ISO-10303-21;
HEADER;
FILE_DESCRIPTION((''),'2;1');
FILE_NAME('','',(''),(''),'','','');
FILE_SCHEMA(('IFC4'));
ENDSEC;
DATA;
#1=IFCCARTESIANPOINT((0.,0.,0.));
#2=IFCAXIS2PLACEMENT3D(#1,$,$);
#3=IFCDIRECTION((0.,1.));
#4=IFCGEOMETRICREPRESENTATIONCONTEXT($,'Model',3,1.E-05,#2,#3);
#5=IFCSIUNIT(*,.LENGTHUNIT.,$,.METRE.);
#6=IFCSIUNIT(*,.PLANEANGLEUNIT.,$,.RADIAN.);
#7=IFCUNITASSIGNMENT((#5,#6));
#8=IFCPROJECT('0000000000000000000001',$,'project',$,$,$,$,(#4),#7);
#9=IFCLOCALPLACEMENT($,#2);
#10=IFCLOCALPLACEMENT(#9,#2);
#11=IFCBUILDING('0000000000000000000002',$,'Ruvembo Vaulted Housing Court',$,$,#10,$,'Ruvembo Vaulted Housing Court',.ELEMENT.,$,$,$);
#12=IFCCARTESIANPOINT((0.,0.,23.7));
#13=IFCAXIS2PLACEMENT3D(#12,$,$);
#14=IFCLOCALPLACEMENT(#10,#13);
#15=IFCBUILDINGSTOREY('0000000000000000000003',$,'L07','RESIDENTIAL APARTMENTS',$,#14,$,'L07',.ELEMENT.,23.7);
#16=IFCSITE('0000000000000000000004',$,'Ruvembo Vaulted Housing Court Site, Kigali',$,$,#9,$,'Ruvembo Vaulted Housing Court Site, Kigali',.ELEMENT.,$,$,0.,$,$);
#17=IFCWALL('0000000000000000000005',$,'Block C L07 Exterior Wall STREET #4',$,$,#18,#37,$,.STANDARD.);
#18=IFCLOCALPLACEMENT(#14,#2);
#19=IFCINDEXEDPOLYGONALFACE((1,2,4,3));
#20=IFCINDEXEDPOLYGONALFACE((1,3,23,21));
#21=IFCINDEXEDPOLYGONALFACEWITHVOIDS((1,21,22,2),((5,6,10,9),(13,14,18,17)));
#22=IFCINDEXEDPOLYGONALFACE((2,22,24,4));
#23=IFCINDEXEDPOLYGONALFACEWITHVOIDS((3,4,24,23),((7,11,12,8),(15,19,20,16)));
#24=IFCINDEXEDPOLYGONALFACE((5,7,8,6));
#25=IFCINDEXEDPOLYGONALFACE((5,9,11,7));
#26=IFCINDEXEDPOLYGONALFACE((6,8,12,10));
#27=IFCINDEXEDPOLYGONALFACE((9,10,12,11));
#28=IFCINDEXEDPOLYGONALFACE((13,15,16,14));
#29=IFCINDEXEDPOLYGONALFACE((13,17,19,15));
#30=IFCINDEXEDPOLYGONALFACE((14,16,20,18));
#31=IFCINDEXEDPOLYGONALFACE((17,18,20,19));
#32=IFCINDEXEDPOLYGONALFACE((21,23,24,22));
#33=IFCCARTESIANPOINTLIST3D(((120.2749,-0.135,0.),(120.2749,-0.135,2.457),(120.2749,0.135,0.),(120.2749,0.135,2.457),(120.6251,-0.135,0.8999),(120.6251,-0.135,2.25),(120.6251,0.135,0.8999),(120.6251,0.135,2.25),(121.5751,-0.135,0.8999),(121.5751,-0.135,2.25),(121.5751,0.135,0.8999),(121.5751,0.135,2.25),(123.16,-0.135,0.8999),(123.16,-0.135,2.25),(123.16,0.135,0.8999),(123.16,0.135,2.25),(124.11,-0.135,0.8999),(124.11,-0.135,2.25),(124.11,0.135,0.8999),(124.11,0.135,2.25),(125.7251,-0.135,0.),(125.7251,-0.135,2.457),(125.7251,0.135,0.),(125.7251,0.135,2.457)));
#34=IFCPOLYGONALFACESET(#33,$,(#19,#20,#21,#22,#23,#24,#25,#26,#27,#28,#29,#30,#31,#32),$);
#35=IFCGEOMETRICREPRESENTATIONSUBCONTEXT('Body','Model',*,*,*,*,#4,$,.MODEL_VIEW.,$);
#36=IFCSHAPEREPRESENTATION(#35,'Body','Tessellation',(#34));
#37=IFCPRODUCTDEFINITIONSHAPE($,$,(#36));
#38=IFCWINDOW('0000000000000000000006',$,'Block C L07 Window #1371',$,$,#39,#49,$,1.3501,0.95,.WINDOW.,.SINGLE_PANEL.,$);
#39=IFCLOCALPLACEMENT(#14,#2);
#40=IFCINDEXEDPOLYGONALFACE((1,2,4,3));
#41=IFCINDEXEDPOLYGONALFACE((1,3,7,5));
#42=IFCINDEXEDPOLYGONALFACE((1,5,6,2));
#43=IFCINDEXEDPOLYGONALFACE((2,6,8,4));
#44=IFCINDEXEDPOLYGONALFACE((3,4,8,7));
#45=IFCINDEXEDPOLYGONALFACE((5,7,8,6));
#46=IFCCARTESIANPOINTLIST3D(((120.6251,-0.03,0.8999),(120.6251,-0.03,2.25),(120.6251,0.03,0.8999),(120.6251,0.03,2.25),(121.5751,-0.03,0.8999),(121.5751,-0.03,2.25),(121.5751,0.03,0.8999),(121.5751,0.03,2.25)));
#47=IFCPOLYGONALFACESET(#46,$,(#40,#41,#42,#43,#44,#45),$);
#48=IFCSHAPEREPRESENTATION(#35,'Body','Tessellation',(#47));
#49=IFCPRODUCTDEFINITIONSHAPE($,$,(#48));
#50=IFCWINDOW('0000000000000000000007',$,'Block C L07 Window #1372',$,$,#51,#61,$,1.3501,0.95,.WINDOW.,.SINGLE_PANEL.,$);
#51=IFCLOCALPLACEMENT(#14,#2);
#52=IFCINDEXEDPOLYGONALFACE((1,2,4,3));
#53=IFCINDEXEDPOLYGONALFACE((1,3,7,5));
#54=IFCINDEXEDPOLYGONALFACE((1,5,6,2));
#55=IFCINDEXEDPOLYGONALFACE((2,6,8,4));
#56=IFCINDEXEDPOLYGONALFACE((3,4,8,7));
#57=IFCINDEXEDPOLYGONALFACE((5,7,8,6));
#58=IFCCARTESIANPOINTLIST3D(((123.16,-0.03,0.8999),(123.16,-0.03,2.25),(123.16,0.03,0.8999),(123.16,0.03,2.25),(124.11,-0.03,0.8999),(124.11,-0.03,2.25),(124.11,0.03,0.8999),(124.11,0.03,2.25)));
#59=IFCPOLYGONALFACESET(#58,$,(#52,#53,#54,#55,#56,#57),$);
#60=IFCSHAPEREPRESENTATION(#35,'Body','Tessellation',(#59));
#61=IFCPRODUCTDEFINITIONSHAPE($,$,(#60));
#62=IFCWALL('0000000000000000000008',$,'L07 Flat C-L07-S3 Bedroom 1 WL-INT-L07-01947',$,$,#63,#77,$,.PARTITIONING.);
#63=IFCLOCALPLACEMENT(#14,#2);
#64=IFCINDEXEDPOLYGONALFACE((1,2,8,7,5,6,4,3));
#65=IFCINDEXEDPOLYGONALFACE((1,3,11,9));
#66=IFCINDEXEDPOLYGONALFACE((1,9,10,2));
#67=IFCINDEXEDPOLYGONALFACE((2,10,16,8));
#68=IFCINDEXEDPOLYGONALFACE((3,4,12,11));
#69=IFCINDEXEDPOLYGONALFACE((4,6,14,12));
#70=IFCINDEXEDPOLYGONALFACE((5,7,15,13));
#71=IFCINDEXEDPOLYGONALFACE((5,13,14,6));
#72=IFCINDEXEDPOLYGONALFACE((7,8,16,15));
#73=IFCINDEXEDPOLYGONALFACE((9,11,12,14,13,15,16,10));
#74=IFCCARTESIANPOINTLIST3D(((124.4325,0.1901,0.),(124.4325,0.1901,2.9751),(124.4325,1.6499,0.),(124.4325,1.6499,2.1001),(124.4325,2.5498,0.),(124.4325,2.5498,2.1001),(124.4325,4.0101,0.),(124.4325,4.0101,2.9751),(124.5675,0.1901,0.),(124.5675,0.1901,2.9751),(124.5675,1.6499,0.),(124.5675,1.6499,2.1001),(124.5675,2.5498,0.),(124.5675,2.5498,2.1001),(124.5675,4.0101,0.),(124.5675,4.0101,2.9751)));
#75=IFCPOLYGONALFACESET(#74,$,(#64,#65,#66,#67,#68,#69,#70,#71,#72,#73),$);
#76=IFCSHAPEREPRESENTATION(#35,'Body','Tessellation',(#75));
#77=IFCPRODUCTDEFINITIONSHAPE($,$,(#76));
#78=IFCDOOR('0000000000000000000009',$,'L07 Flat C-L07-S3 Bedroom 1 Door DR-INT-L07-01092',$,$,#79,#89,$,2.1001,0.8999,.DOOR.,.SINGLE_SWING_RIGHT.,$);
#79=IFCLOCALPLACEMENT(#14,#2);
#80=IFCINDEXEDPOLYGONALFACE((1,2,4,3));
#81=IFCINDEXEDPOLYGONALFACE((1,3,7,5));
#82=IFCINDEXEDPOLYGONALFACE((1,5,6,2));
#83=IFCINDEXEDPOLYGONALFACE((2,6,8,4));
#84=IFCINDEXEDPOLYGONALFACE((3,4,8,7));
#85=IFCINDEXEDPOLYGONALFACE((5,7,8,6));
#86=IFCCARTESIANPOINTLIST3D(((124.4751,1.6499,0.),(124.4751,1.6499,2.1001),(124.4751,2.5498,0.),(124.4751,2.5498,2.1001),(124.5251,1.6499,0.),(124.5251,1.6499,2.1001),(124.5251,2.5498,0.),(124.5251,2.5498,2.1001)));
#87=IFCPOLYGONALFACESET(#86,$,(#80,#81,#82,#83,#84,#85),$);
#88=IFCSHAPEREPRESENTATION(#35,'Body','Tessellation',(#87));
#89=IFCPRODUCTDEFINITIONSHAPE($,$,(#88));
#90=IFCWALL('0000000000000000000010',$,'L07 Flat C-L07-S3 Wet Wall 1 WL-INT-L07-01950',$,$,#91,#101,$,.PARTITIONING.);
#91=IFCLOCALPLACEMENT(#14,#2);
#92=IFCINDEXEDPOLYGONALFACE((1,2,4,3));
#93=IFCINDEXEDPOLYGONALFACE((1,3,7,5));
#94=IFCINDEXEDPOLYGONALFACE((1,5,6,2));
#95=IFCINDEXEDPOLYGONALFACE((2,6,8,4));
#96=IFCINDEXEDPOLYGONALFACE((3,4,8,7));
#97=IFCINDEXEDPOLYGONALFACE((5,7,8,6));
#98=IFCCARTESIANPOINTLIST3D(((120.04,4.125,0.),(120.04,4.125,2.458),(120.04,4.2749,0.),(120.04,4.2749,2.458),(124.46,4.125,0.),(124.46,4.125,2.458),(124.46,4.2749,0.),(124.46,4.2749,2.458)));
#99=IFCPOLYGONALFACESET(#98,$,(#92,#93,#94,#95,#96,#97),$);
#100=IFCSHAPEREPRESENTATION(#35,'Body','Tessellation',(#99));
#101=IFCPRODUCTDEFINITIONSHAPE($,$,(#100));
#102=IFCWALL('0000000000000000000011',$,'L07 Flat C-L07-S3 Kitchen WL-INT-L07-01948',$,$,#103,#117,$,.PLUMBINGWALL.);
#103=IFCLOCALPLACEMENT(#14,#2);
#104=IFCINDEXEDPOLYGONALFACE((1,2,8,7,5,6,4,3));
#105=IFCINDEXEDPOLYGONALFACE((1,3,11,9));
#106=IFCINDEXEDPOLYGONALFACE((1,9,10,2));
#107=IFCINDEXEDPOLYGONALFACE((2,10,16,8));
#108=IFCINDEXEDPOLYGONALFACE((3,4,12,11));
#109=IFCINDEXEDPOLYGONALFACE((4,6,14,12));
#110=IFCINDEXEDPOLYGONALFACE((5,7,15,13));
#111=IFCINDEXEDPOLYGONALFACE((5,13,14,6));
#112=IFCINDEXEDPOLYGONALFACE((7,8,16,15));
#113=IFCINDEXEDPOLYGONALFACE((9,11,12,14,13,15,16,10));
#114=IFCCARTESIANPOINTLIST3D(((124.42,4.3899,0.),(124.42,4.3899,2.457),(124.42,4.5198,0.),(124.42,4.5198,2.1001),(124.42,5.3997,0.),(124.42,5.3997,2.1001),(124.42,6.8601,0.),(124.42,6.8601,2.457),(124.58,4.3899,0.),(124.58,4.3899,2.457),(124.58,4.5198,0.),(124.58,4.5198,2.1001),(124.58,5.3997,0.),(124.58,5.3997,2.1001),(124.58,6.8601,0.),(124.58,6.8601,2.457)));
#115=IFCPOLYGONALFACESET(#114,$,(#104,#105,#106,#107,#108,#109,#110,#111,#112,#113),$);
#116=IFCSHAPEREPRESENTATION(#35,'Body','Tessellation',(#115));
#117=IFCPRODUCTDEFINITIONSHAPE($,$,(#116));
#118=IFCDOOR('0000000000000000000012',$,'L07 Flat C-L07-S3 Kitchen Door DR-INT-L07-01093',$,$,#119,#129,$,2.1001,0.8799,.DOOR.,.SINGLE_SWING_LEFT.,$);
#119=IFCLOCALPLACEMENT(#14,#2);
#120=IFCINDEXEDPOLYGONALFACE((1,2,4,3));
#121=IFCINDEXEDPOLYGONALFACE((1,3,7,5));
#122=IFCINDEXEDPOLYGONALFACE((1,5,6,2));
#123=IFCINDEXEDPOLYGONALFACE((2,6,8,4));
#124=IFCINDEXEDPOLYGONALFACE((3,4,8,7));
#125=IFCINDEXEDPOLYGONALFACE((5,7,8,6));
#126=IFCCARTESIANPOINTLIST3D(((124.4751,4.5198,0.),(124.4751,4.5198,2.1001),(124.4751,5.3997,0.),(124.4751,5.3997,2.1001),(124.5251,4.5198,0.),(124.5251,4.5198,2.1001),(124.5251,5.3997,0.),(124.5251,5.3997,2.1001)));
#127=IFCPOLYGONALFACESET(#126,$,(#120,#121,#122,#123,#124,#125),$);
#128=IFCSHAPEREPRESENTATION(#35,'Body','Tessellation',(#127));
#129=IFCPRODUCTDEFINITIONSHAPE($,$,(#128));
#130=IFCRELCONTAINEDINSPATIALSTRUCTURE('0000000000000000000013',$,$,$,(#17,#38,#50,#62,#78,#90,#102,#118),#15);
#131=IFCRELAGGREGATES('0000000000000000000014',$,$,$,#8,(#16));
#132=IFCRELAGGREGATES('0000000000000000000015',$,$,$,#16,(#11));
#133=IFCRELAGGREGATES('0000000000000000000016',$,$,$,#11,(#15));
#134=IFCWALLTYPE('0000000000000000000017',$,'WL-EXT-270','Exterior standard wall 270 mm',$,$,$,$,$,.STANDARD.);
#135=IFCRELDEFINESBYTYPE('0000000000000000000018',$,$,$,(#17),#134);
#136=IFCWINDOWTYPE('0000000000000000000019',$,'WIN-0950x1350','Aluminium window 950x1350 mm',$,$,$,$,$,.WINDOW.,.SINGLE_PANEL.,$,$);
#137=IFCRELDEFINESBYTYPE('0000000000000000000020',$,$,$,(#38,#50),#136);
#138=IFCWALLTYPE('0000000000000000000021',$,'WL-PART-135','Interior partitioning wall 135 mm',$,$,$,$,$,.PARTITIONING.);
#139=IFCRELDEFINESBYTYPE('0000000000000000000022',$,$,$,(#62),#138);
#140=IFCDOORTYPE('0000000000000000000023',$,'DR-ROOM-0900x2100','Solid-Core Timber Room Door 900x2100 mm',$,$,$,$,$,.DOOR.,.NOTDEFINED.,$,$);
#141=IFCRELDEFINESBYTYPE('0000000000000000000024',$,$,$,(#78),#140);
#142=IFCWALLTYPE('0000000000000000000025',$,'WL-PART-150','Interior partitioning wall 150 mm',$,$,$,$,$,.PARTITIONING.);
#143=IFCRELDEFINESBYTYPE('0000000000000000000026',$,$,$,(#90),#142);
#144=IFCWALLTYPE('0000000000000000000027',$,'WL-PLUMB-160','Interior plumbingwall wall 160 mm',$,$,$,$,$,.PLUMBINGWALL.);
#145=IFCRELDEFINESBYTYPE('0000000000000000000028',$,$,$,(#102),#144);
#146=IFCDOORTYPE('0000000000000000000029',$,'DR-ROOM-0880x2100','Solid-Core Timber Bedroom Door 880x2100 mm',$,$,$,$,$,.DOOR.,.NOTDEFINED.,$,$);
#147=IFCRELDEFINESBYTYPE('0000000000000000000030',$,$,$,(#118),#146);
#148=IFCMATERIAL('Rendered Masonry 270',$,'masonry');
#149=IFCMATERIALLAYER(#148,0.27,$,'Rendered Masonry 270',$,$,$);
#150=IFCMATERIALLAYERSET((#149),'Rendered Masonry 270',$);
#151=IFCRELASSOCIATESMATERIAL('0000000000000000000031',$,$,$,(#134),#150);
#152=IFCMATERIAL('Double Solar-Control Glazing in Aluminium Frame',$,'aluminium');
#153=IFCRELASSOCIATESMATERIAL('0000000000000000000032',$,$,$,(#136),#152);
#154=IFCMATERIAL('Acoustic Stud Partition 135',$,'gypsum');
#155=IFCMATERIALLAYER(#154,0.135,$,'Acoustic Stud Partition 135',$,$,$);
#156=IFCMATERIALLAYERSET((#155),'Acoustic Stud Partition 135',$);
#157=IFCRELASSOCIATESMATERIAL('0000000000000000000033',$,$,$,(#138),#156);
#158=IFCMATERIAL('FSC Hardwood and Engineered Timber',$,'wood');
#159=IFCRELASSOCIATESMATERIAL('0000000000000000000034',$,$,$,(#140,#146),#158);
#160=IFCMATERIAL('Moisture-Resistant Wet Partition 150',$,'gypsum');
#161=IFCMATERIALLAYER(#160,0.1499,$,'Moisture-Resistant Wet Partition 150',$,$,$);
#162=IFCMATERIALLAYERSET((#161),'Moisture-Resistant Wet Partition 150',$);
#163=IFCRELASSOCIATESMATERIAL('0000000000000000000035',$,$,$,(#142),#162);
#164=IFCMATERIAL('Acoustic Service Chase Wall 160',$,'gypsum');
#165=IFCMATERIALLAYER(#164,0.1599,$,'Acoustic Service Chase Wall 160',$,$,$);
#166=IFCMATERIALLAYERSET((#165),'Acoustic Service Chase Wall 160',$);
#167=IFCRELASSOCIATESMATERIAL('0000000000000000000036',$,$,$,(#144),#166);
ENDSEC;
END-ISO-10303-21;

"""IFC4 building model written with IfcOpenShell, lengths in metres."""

from ifc_helpers import new_model, si_unit, direction, frame, frame_2d, origin, place, context, subcontext, project, spatial, rectangle, extrude, material, layer, layer_set, type_object, element, fill, save


model = new_model("IFC4")

# Units and contexts
model_context = context("Model", 3, precision=1e-05, world=origin(), true_north=direction((0.0, 1.0)))
body_context = subcontext(model_context, "Body", "Model", "MODEL_VIEW")
ifc_project = project(units=[si_unit("LENGTHUNIT", "METRE"), si_unit("PLANEANGLEUNIT", "RADIAN")], contexts=[model_context])

# Site, building, storey
site_placement = place(None, origin())
site = spatial("IfcSite", under=ifc_project, at=site_placement, Name="Ruvembo Vaulted Housing Court Site, Kigali", LongName="Ruvembo Vaulted Housing Court Site, Kigali", CompositionType="ELEMENT", RefElevation=0.0)
building_placement = place(site_placement, origin())
building = spatial("IfcBuilding", under=site, at=building_placement, Name="Ruvembo Vaulted Housing Court", LongName="Ruvembo Vaulted Housing Court", CompositionType="ELEMENT")
storey_placement = place(building_placement, frame((0.0, 0.0, 23.7)))
storey = spatial("IfcBuildingStorey", under=building, at=storey_placement, Name="L07", Description="RESIDENTIAL APARTMENTS", LongName="L07", CompositionType="ELEMENT", Elevation=23.7)

# Wall, openings, windows
ifc_material_1 = material(Name="Rendered Masonry 270", Category="masonry")
ifc_layer_1 = layer(ifc_material_1, 0.27, Name="Rendered Masonry 270")
ifc_layer_set_1 = layer_set([ifc_layer_1], Name="Rendered Masonry 270")
wall_type_1 = type_object("IfcWallType", Name="WL-EXT-270", Description="Exterior standard wall 270 mm", PredefinedType="STANDARD", material=ifc_layer_set_1)
wall_1_placement = place(storey_placement, frame((120.2749, 0.0, 0.0), z_axis=(0.0, 0.0, 1.0), x_axis=(1.0, 0.0, 0.0)))
wall_1 = element("IfcWall", 1, at=wall_1_placement, inside=storey, type_object=wall_type_1, Name="Block C L07 Exterior Wall STREET #4", PredefinedType="STANDARD", context=body_context, shape_type="SweptSolid", body=[
    extrude(rectangle(XDim=5.4502, YDim=0.27, at=frame_2d((2.7251, 0.0))), origin(), (0.0, 0.0, 1.0), 2.457),
])
opening_1_placement = place(wall_1_placement, frame((0.3501, 0.0, 0.8999)))
opening_1 = element("IfcOpeningElement", 2, at=opening_1_placement, cuts=wall_1, PredefinedType="OPENING", context=body_context, shape_type="SweptSolid", body=[
    extrude(rectangle(XDim=0.95, YDim=1.3501, at=frame_2d((0.4751, 0.675))), frame((0.0, 0.145, 0.0), z_axis=(0.0, -1.0, 0.0), x_axis=(1.0, 0.0, 0.0)), (0.0, 0.0, 1.0), 0.29),
])
opening_2_placement = place(wall_1_placement, frame((2.885, 0.0, 0.8999)))
opening_2 = element("IfcOpeningElement", 3, at=opening_2_placement, cuts=wall_1, PredefinedType="OPENING", context=body_context, shape_type="SweptSolid", body=[
    extrude(rectangle(XDim=0.95, YDim=1.3501, at=frame_2d((0.4751, 0.675))), frame((0.0, 0.145, 0.0), z_axis=(0.0, -1.0, 0.0), x_axis=(1.0, 0.0, 0.0)), (0.0, 0.0, 1.0), 0.29),
])
ifc_material_2 = material(Name="Double Solar-Control Glazing in Aluminium Frame", Category="aluminium")
window_type = type_object("IfcWindowType", Name="WIN-0950x1350", Description="Aluminium window 950x1350 mm", PartitioningType="SINGLE_PANEL", PredefinedType="WINDOW", material=ifc_material_2)
window_1_placement = place(opening_1_placement, origin())
window_1 = element("IfcWindow", 4, at=window_1_placement, inside=storey, type_object=window_type, Name="Block C L07 Window #1371", OverallHeight=1.3501, OverallWidth=0.95, PartitioningType="SINGLE_PANEL", PredefinedType="WINDOW", context=body_context, shape_type="SweptSolid", body=[
    extrude(rectangle(XDim=0.95, YDim=1.3501, at=frame_2d((0.4751, 0.675))), frame((0.0, 0.03, 0.0), z_axis=(0.0, -1.0, 0.0), x_axis=(1.0, 0.0, 0.0)), (0.0, 0.0, 1.0), 0.0601),
])
fill(opening_1, window_1)
window_2_placement = place(opening_2_placement, origin())
window_2 = element("IfcWindow", 5, at=window_2_placement, inside=storey, type_object=window_type, Name="Block C L07 Window #1372", OverallHeight=1.3501, OverallWidth=0.95, PartitioningType="SINGLE_PANEL", PredefinedType="WINDOW", context=body_context, shape_type="SweptSolid", body=[
    extrude(rectangle(XDim=0.95, YDim=1.3501, at=frame_2d((0.4751, 0.675))), frame((0.0, 0.03, 0.0), z_axis=(0.0, -1.0, 0.0), x_axis=(1.0, 0.0, 0.0)), (0.0, 0.0, 1.0), 0.0601),
])
fill(opening_2, window_2)

# Wall, opening, door
ifc_material_3 = material(Name="Acoustic Stud Partition 135", Category="gypsum")
ifc_layer_2 = layer(ifc_material_3, 0.135, Name="Acoustic Stud Partition 135")
ifc_layer_set_2 = layer_set([ifc_layer_2], Name="Acoustic Stud Partition 135")
wall_type_2 = type_object("IfcWallType", Name="WL-PART-135", Description="Interior partitioning wall 135 mm", PredefinedType="PARTITIONING", material=ifc_layer_set_2)
wall_2_placement = place(storey_placement, frame((124.5, 0.1899, 0.0), z_axis=(0.0, 0.0, 1.0), x_axis=(0.0, 1.0, 0.0)))
wall_2 = element("IfcWall", 6, at=wall_2_placement, inside=storey, type_object=wall_type_2, Name="L07 Flat C-L07-S3 Bedroom 1 WL-INT-L07-01947", PredefinedType="PARTITIONING", context=body_context, shape_type="SweptSolid", body=[
    extrude(rectangle(XDim=3.8201, YDim=0.135, at=frame_2d((1.9102, 0.0))), origin(), (0.0, 0.0, 1.0), 2.9751),
])
opening_3_placement = place(wall_2_placement, frame((1.46, 0.0, 0.0)))
opening_3 = element("IfcOpeningElement", 7, at=opening_3_placement, cuts=wall_2, PredefinedType="OPENING", context=body_context, shape_type="SweptSolid", body=[
    extrude(rectangle(XDim=0.8999, YDim=2.1001, at=frame_2d((0.45, 1.05))), frame((0.0, 0.0774, 0.0), z_axis=(0.0, -1.0, 0.0), x_axis=(1.0, 0.0, 0.0)), (0.0, 0.0, 1.0), 0.155),
])
ifc_material_4 = material(Name="FSC Hardwood and Engineered Timber", Category="wood")
door_type_1 = type_object("IfcDoorType", Name="DR-ROOM-0900x2100", Description="Solid-Core Timber Room Door 900x2100 mm", OperationType="NOTDEFINED", PredefinedType="DOOR", material=ifc_material_4)
door_1_placement = place(opening_3_placement, origin())
door_1 = element("IfcDoor", 8, at=door_1_placement, inside=storey, type_object=door_type_1, Name="L07 Flat C-L07-S3 Bedroom 1 Door DR-INT-L07-01092", OperationType="SINGLE_SWING_RIGHT", OverallHeight=2.1001, OverallWidth=0.8999, PredefinedType="DOOR", context=body_context, shape_type="SweptSolid", body=[
    extrude(rectangle(XDim=0.8999, YDim=2.1001, at=frame_2d((0.45, 1.05))), frame((0.0, 0.0249, 0.0), z_axis=(0.0, -1.0, 0.0), x_axis=(1.0, 0.0, 0.0)), (0.0, 0.0, 1.0), 0.05),
])
fill(opening_3, door_1)

# Wall
ifc_material_5 = material(Name="Moisture-Resistant Wet Partition 150", Category="gypsum")
ifc_layer_3 = layer(ifc_material_5, 0.1499, Name="Moisture-Resistant Wet Partition 150")
ifc_layer_set_3 = layer_set([ifc_layer_3], Name="Moisture-Resistant Wet Partition 150")
wall_type_3 = type_object("IfcWallType", Name="WL-PART-150", Description="Interior partitioning wall 150 mm", PredefinedType="PARTITIONING", material=ifc_layer_set_3)
wall_3_placement = place(storey_placement, frame((120.04, 4.2, 0.0), z_axis=(0.0, 0.0, 1.0), x_axis=(1.0, 0.0, 0.0)))
element("IfcWall", 9, at=wall_3_placement, inside=storey, type_object=wall_type_3, Name="L07 Flat C-L07-S3 Wet Wall 1 WL-INT-L07-01950", PredefinedType="PARTITIONING", context=body_context, shape_type="SweptSolid", body=[
    extrude(rectangle(XDim=4.4199, YDim=0.1499, at=frame_2d((2.21, 0.0))), origin(), (0.0, 0.0, 1.0), 2.458),
])

# Wall, opening, door
ifc_material_6 = material(Name="Acoustic Service Chase Wall 160", Category="gypsum")
ifc_layer_4 = layer(ifc_material_6, 0.1599, Name="Acoustic Service Chase Wall 160")
ifc_layer_set_4 = layer_set([ifc_layer_4], Name="Acoustic Service Chase Wall 160")
wall_type_4 = type_object("IfcWallType", Name="WL-PLUMB-160", Description="Interior plumbingwall wall 160 mm", PredefinedType="PLUMBINGWALL", material=ifc_layer_set_4)
wall_4_placement = place(storey_placement, frame((124.5, 4.3899, 0.0), z_axis=(0.0, 0.0, 1.0), x_axis=(0.0, 1.0, 0.0)))
wall_4 = element("IfcWall", 10, at=wall_4_placement, inside=storey, type_object=wall_type_4, Name="L07 Flat C-L07-S3 Kitchen WL-INT-L07-01948", PredefinedType="PLUMBINGWALL", context=body_context, shape_type="SweptSolid", body=[
    extrude(rectangle(XDim=2.4702, YDim=0.1599, at=frame_2d((1.2351, 0.0))), origin(), (0.0, 0.0, 1.0), 2.457),
])
opening_4_placement = place(wall_4_placement, frame((0.1299, 0.0, 0.0)))
opening_4 = element("IfcOpeningElement", 11, at=opening_4_placement, cuts=wall_4, PredefinedType="OPENING", context=body_context, shape_type="SweptSolid", body=[
    extrude(rectangle(XDim=0.8799, YDim=2.1001, at=frame_2d((0.4399, 1.05))), frame((0.0, 0.0898, 0.0), z_axis=(0.0, -1.0, 0.0), x_axis=(1.0, 0.0, 0.0)), (0.0, 0.0, 1.0), 0.1799),
])
door_type_2 = type_object("IfcDoorType", Name="DR-ROOM-0880x2100", Description="Solid-Core Timber Bedroom Door 880x2100 mm", OperationType="NOTDEFINED", PredefinedType="DOOR", material=ifc_material_4)
door_2_placement = place(opening_4_placement, origin())
door_2 = element("IfcDoor", 12, at=door_2_placement, inside=storey, type_object=door_type_2, Name="L07 Flat C-L07-S3 Kitchen Door DR-INT-L07-01093", OperationType="SINGLE_SWING_LEFT", OverallHeight=2.1001, OverallWidth=0.8799, PredefinedType="DOOR", context=body_context, shape_type="SweptSolid", body=[
    extrude(rectangle(XDim=0.8799, YDim=2.1001, at=frame_2d((0.4399, 1.05))), frame((0.0, 0.0249, 0.0), z_axis=(0.0, -1.0, 0.0), x_axis=(1.0, 0.0, 0.0)), (0.0, 0.0, 1.0), 0.05),
])
fill(opening_4, door_2)

save(model, "model.ifc")
